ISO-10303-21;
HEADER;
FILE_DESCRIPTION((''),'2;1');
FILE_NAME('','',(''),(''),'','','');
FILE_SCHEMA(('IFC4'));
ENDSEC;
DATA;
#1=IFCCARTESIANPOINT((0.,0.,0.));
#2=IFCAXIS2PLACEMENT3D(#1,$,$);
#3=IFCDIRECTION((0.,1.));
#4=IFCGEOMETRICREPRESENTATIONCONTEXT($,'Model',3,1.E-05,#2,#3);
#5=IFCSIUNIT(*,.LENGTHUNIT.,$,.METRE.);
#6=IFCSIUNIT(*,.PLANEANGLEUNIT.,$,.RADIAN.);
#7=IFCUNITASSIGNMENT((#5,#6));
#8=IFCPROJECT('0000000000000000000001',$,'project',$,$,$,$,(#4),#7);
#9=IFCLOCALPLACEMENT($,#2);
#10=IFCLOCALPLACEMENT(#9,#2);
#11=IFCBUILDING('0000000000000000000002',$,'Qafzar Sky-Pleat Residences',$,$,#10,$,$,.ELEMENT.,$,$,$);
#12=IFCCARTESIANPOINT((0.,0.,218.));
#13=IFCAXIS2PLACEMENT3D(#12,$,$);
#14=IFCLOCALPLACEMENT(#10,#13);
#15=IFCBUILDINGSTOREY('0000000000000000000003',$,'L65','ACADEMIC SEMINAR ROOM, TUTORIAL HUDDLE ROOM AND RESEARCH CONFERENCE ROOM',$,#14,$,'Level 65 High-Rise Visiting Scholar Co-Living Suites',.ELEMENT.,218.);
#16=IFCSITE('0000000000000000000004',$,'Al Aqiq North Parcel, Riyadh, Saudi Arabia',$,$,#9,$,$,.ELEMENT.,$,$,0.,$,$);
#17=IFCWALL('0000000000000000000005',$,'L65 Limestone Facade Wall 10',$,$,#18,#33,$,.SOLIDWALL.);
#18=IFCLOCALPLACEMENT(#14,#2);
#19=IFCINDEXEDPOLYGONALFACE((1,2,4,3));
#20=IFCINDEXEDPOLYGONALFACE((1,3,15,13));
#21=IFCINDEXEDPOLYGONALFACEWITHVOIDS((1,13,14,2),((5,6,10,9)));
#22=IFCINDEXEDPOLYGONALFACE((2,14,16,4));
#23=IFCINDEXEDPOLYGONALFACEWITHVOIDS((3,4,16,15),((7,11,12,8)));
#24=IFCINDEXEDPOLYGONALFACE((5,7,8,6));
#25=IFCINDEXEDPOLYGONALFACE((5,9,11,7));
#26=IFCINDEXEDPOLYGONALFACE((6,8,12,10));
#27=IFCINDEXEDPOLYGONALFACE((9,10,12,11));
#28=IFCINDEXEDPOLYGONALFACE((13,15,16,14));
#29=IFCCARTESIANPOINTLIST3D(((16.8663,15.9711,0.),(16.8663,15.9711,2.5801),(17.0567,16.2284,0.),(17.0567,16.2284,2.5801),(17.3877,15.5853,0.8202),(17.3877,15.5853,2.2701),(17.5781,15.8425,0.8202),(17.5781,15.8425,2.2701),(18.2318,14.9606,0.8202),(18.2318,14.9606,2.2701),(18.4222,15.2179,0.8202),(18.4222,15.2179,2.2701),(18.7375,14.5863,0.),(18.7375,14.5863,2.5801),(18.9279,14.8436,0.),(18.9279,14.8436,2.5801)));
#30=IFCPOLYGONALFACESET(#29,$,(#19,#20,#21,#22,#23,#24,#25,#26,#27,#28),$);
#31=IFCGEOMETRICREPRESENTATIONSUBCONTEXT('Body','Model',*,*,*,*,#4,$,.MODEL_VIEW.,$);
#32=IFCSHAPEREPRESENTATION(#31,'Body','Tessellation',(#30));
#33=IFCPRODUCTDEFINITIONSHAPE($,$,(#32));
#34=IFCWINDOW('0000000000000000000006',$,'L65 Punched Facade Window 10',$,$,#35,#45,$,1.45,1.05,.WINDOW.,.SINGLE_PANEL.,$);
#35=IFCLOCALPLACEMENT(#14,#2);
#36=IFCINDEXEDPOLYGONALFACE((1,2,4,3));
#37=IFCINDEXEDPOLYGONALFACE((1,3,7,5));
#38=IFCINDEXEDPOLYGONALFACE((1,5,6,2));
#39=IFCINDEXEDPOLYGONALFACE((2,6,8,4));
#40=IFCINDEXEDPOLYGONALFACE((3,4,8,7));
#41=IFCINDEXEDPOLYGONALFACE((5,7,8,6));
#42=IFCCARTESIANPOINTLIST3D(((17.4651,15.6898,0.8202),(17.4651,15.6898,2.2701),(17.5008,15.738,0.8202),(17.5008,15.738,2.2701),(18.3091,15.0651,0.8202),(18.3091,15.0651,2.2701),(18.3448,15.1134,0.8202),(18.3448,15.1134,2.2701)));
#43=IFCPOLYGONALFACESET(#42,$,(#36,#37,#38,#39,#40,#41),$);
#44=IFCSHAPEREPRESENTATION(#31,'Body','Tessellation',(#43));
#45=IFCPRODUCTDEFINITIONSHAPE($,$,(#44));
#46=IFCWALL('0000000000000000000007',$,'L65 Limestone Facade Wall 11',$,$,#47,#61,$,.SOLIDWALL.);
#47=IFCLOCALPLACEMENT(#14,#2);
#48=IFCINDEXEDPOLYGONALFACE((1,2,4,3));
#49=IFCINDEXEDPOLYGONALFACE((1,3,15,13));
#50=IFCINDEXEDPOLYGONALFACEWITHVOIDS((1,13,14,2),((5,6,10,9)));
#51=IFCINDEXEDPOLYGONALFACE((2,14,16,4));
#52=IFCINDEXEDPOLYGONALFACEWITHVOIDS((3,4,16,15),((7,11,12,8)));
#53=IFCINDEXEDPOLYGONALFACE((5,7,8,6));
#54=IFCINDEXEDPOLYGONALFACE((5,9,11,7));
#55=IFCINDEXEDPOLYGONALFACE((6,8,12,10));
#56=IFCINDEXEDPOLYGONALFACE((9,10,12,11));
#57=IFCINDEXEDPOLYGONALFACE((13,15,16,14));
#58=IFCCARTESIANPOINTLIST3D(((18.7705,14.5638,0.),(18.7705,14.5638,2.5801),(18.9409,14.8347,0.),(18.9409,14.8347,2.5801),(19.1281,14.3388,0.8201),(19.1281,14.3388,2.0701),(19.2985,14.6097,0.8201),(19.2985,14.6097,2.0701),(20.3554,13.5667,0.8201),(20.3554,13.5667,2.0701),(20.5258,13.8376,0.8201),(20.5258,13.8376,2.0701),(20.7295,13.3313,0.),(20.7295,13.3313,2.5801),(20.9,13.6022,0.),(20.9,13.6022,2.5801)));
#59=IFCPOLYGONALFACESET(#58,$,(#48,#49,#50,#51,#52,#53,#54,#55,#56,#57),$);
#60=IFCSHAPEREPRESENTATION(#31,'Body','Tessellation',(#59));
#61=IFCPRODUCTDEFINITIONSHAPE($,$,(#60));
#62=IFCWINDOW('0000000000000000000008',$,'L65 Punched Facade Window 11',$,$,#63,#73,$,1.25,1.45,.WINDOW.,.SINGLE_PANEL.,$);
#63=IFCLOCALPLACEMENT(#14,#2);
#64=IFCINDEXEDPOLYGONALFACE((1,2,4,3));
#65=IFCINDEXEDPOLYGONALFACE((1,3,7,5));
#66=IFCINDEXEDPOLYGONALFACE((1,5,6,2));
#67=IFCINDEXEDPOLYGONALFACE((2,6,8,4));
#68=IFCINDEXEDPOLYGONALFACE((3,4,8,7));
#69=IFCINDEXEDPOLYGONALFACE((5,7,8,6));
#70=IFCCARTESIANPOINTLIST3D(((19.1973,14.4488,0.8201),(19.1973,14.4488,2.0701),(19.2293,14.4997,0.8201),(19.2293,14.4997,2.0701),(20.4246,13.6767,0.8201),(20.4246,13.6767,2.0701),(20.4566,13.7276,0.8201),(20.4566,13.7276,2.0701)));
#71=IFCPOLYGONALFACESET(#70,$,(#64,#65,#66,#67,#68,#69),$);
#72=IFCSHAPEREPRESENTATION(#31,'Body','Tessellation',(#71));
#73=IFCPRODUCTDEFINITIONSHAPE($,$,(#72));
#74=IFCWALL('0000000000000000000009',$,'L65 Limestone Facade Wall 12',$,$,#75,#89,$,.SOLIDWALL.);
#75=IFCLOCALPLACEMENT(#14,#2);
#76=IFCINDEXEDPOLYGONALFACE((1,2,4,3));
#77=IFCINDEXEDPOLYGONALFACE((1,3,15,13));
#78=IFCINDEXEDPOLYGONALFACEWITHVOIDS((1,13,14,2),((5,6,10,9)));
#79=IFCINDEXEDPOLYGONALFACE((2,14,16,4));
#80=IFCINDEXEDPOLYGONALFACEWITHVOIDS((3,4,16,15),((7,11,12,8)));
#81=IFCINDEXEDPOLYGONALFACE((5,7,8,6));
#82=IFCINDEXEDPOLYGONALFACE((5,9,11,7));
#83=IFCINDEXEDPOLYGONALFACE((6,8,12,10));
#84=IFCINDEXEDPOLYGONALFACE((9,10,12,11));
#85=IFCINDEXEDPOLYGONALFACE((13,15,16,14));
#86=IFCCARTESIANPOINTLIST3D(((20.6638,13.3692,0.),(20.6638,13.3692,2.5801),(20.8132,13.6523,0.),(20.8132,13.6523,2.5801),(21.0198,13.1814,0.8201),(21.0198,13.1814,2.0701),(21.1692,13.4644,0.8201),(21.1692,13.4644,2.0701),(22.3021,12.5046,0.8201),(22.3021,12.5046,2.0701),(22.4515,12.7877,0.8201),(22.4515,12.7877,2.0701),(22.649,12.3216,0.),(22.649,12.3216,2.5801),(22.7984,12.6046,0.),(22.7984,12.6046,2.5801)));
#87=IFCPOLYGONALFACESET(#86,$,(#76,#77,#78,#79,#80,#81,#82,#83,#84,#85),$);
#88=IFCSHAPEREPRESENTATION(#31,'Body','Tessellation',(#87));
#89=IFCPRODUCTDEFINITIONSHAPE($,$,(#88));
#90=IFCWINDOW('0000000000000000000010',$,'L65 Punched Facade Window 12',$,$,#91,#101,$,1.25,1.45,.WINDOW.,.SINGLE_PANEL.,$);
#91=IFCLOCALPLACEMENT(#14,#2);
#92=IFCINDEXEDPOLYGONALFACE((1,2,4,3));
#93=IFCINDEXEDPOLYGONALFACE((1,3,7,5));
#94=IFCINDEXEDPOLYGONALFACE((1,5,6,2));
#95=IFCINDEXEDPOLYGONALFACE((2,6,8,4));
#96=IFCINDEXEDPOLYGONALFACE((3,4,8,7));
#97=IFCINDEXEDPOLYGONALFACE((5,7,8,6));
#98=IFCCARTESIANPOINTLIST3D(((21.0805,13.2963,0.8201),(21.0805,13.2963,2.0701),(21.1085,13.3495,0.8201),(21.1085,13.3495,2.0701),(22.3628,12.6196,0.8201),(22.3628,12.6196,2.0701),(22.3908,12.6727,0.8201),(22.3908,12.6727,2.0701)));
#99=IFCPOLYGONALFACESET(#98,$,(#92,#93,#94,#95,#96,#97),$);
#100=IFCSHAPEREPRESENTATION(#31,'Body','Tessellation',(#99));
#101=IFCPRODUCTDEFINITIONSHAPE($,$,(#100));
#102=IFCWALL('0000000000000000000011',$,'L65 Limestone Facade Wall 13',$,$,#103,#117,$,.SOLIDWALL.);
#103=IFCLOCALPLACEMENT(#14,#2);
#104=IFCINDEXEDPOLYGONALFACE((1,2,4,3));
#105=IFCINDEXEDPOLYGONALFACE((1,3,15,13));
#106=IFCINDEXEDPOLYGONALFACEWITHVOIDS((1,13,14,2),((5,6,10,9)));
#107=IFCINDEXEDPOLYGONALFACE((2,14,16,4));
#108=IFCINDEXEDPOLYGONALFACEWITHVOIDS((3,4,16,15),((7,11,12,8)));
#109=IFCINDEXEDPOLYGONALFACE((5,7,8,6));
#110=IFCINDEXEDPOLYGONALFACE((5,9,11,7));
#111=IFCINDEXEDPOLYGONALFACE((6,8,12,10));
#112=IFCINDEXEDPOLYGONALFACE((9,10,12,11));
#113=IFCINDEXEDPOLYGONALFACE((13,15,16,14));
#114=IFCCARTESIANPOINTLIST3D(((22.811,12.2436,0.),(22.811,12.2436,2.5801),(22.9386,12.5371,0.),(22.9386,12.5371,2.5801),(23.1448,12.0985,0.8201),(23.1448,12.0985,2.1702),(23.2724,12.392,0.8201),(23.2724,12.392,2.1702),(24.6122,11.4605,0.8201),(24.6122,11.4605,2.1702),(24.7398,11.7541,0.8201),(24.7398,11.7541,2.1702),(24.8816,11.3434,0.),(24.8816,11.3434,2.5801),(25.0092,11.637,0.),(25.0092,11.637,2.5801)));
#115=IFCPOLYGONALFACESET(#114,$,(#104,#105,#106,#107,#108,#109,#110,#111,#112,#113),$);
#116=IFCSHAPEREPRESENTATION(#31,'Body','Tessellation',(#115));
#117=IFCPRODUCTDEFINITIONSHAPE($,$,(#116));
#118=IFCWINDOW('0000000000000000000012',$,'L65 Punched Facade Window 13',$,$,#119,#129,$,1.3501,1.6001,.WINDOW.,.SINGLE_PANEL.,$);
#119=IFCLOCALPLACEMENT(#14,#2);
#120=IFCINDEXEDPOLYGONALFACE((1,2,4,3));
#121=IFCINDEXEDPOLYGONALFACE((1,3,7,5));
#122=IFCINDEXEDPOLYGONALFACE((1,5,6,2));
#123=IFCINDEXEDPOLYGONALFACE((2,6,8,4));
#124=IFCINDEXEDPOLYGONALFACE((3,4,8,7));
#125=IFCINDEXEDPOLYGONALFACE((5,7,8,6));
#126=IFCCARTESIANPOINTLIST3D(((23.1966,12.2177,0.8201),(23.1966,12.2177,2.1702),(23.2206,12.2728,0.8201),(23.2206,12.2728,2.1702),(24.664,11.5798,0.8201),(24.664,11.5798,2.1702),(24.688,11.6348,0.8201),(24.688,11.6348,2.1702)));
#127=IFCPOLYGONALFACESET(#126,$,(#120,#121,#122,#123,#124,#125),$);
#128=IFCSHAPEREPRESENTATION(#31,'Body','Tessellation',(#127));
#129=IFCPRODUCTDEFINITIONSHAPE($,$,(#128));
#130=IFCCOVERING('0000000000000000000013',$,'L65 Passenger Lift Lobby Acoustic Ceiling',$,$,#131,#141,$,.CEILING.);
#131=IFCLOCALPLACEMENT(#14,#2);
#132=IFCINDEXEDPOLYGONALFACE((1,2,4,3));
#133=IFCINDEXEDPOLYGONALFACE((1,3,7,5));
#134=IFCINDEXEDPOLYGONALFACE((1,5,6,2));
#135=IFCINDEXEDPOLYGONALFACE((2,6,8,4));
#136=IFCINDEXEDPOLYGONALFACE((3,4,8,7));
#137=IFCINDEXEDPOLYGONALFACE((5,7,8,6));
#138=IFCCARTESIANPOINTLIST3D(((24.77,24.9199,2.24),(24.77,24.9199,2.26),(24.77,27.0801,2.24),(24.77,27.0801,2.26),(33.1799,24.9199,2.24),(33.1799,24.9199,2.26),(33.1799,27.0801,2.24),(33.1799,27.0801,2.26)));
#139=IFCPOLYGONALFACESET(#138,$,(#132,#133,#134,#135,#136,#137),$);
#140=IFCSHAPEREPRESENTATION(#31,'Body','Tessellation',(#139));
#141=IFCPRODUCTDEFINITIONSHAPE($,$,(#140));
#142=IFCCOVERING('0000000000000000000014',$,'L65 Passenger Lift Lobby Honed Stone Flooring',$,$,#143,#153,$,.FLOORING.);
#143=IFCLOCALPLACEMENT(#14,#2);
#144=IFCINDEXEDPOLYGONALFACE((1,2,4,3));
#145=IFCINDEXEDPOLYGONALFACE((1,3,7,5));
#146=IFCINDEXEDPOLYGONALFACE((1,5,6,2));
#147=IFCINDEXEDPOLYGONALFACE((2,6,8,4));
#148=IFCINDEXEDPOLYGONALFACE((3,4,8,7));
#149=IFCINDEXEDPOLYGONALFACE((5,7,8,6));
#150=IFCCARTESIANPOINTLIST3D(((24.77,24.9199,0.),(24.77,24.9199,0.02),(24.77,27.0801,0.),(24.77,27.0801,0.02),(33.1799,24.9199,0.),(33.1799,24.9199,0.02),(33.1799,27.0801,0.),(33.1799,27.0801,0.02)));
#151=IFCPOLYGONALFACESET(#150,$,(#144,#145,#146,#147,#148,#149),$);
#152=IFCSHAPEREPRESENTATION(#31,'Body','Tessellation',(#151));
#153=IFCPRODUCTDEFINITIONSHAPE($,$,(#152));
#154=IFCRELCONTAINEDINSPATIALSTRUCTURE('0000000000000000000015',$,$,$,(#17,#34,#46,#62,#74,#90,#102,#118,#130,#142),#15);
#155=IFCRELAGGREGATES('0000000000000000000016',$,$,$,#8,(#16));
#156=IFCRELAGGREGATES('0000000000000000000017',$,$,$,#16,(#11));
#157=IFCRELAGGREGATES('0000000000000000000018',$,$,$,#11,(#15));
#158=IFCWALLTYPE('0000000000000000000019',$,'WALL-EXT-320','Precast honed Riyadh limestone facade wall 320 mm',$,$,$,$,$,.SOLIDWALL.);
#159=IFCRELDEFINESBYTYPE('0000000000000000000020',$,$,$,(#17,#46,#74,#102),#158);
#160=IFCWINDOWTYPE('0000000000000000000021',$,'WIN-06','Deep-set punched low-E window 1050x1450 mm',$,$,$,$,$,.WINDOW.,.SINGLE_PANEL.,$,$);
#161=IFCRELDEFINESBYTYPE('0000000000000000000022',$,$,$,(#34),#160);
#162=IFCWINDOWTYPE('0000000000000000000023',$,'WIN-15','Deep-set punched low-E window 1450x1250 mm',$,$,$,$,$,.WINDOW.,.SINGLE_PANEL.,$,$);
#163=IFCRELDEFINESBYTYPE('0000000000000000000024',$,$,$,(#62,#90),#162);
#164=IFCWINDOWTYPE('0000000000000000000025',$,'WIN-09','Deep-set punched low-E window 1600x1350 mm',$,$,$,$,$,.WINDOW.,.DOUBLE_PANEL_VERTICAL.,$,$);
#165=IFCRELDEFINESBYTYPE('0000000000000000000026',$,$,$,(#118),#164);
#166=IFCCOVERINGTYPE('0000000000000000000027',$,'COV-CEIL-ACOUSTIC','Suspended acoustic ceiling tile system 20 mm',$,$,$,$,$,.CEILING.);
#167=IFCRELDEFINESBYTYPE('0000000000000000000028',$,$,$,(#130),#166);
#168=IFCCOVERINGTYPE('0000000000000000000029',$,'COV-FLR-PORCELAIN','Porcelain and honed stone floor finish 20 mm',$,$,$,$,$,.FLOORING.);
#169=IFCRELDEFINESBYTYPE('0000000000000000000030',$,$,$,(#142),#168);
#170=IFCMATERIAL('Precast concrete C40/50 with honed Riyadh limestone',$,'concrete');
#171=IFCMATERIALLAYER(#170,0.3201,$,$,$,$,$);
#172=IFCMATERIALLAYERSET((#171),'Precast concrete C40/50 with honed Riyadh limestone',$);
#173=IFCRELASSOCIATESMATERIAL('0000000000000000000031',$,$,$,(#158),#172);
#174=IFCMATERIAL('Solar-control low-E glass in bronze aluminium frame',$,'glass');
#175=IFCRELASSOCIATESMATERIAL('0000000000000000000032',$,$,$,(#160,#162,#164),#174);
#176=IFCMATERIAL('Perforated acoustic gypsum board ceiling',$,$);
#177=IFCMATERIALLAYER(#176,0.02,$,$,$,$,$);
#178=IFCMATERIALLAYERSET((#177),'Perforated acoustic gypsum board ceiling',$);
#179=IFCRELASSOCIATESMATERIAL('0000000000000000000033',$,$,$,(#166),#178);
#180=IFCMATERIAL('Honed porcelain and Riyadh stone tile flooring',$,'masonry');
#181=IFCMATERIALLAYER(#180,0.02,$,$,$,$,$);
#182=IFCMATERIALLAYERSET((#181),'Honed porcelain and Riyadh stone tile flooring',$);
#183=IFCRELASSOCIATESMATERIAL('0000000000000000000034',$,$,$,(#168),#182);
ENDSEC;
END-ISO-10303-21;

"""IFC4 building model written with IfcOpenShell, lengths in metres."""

from ifc_helpers import new_model, si_unit, direction, frame, frame_2d, origin, place, context, subcontext, project, spatial, polyline, rectangle, outline, extrude, source, transform, mapped, material, layer, layer_set, type_object, element, fill, save


model = new_model("IFC4")

# Units and contexts
model_context = context("Model", 3, precision=1e-05, world=origin(), true_north=direction((0.0, 1.0)))
body_context = subcontext(model_context, "Body", "Model", "MODEL_VIEW")
ifc_project = project(units=[si_unit("LENGTHUNIT", "METRE"), si_unit("PLANEANGLEUNIT", "RADIAN")], contexts=[model_context])

# Site, building, storey
site_placement = place(None, origin())
site = spatial("IfcSite", under=ifc_project, at=site_placement, Name="Al Aqiq North Parcel, Riyadh, Saudi Arabia", CompositionType="ELEMENT", RefElevation=0.0)
building_placement = place(site_placement, origin())
building = spatial("IfcBuilding", under=site, at=building_placement, Name="Qafzar Sky-Pleat Residences", CompositionType="ELEMENT")
storey_placement = place(building_placement, frame((0.0, 0.0, 218.0)))
storey = spatial("IfcBuildingStorey", under=building, at=storey_placement, Name="L65", Description="ACADEMIC SEMINAR ROOM, TUTORIAL HUDDLE ROOM AND RESEARCH CONFERENCE ROOM", LongName="Level 65 High-Rise Visiting Scholar Co-Living Suites", CompositionType="ELEMENT", Elevation=218.0)

# Walls, openings, windows
ifc_material_1 = material(Name="Precast concrete C40/50 with honed Riyadh limestone", Category="concrete")
ifc_layer_1 = layer(ifc_material_1, 0.3201)
ifc_layer_set_1 = layer_set([ifc_layer_1], Name="Precast concrete C40/50 with honed Riyadh limestone")
wall_type_1 = type_object("IfcWallType", Name="WALL-EXT-320", Description="Precast honed Riyadh limestone facade wall 320 mm", PredefinedType="SOLIDWALL", material=ifc_layer_set_1)
wall_1_placement = place(storey_placement, frame((16.9614, 16.0999, 0.0), z_axis=(0.0, 0.0, 1.0), x_axis=(0.80381, -0.594886, 0.0)))
wall_1 = element("IfcWall", 1, at=wall_1_placement, inside=storey, type_object=wall_type_1, Name="L65 Limestone Facade Wall 10", PredefinedType="SOLIDWALL", context=body_context, shape_type="SweptSolid", body=[
    extrude(rectangle(XDim=2.3279, YDim=0.3201, at=frame_2d((1.1641, 0.0))), origin(), (0.0, 0.0, 1.0), 2.5801),
])
opening_1_placement = place(wall_1_placement, frame((0.6489, 0.0, 0.8201)))
opening_1 = element("IfcOpeningElement", 2, at=opening_1_placement, cuts=wall_1, PredefinedType="OPENING", context=body_context, shape_type="SweptSolid", body=[
    extrude(rectangle(XDim=1.05, YDim=1.45, at=frame_2d((0.5249, 0.7251))), frame((0.0, 0.1699, 0.0), z_axis=(0.0, -1.0, 0.0), x_axis=(1.0, 0.0, 0.0)), (0.0, 0.0, 1.0), 0.3401),
])
ifc_material_2 = material(Name="Solar-control low-E glass in bronze aluminium frame", Category="glass")
window_type_1 = type_object("IfcWindowType", Name="WIN-06", Description="Deep-set punched low-E window 1050x1450 mm", PartitioningType="SINGLE_PANEL", PredefinedType="WINDOW", material=ifc_material_2)
shared_shape_1 = source(origin(), body_context, "Body", "SweptSolid", [
    extrude(rectangle(XDim=1.05, YDim=1.45, at=frame_2d((0.5249, 0.7251))), frame((0.0, 0.03, 0.0), z_axis=(0.0, -1.0, 0.0), x_axis=(1.0, 0.0, 0.0)), (0.0, 0.0, 1.0), 0.0601),
])
window_1_placement = place(opening_1_placement, origin())
window_1 = element("IfcWindow", 3, at=window_1_placement, inside=storey, type_object=window_type_1, Name="L65 Punched Facade Window 10", OverallHeight=1.45, OverallWidth=1.05, PartitioningType="SINGLE_PANEL", PredefinedType="WINDOW", context=body_context, shape_type="MappedRepresentation", body=[
    mapped(shared_shape_1, transform((0.0, 0.0, 0.0), x_axis=(1.0, 0.0, 0.0), y_axis=(0.0, 1.0, 0.0), z_axis=(0.0, 0.0, 1.0), scale=1.0)),
])
fill(opening_1, window_1)
wall_2_placement = place(storey_placement, frame((18.8557, 14.6992, 0.0), z_axis=(0.0, 0.0, 1.0), x_axis=(0.84643, -0.5325, 0.0)))
wall_2 = element("IfcWall", 4, at=wall_2_placement, inside=storey, type_object=wall_type_1, Name="L65 Limestone Facade Wall 11", PredefinedType="SOLIDWALL", context=body_context, shape_type="SweptSolid", body=[
    extrude(rectangle(XDim=2.3145, YDim=0.3201, at=frame_2d((1.1572, 0.0))), origin(), (0.0, 0.0, 1.0), 2.5801),
])
opening_2_placement = place(wall_2_placement, frame((0.4224, 0.0, 0.8201)))
opening_2 = element("IfcOpeningElement", 5, at=opening_2_placement, cuts=wall_2, PredefinedType="OPENING", context=body_context, shape_type="SweptSolid", body=[
    extrude(rectangle(XDim=1.45, YDim=1.25, at=frame_2d((0.7251, 0.625))), frame((0.0, 0.1699, 0.0), z_axis=(0.0, -1.0, 0.0), x_axis=(1.0, 0.0, 0.0)), (0.0, 0.0, 1.0), 0.3401),
])
window_type_2 = type_object("IfcWindowType", Name="WIN-15", Description="Deep-set punched low-E window 1450x1250 mm", PartitioningType="SINGLE_PANEL", PredefinedType="WINDOW", material=ifc_material_2)
shared_shape_2 = source(origin(), body_context, "Body", "SweptSolid", [
    extrude(rectangle(XDim=1.45, YDim=1.25, at=frame_2d((0.7251, 0.625))), frame((0.0, 0.03, 0.0), z_axis=(0.0, -1.0, 0.0), x_axis=(1.0, 0.0, 0.0)), (0.0, 0.0, 1.0), 0.0601),
])
window_2_placement = place(opening_2_placement, origin())
window_2 = element("IfcWindow", 6, at=window_2_placement, inside=storey, type_object=window_type_2, Name="L65 Punched Facade Window 11", OverallHeight=1.25, OverallWidth=1.45, PartitioningType="SINGLE_PANEL", PredefinedType="WINDOW", context=body_context, shape_type="MappedRepresentation", body=[
    mapped(shared_shape_2, transform((0.0, 0.0, 0.0), x_axis=(1.0, 0.0, 0.0), y_axis=(0.0, 1.0, 0.0), z_axis=(0.0, 0.0, 1.0), scale=1.0)),
])
fill(opening_2, window_2)
wall_3_placement = place(storey_placement, frame((20.7385, 13.5107, 0.0), z_axis=(0.0, 0.0, 1.0), x_axis=(0.884401, -0.466728, 0.0)))
wall_3 = element("IfcWall", 7, at=wall_3_placement, inside=storey, type_object=wall_type_1, Name="L65 Limestone Facade Wall 12", PredefinedType="SOLIDWALL", context=body_context, shape_type="SweptSolid", body=[
    extrude(rectangle(XDim=2.2446, YDim=0.3201, at=frame_2d((1.1223, 0.0))), origin(), (0.0, 0.0, 1.0), 2.5801),
])
opening_3_placement = place(wall_3_placement, frame((0.4023, 0.0, 0.8201)))
opening_3 = element("IfcOpeningElement", 8, at=opening_3_placement, cuts=wall_3, PredefinedType="OPENING", context=body_context, shape_type="SweptSolid", body=[
    extrude(rectangle(XDim=1.45, YDim=1.25, at=frame_2d((0.7251, 0.625))), frame((0.0, 0.1699, 0.0), z_axis=(0.0, -1.0, 0.0), x_axis=(1.0, 0.0, 0.0)), (0.0, 0.0, 1.0), 0.3401),
])
window_3_placement = place(opening_3_placement, origin())
window_3 = element("IfcWindow", 9, at=window_3_placement, inside=storey, type_object=window_type_2, Name="L65 Punched Facade Window 12", OverallHeight=1.25, OverallWidth=1.45, PartitioningType="SINGLE_PANEL", PredefinedType="WINDOW", context=body_context, shape_type="MappedRepresentation", body=[
    mapped(shared_shape_2, transform((0.0, 0.0, 0.0), x_axis=(1.0, 0.0, 0.0), y_axis=(0.0, 1.0, 0.0), z_axis=(0.0, 0.0, 1.0), scale=1.0)),
])
fill(opening_3, window_3)
wall_4_placement = place(storey_placement, frame((22.8748, 12.3904, 0.0), z_axis=(0.0, 0.0, 1.0), x_axis=(0.917086, -0.398691, 0.0)))
wall_4 = element("IfcWall", 10, at=wall_4_placement, inside=storey, type_object=wall_type_1, Name="L65 Limestone Facade Wall 13", PredefinedType="SOLIDWALL", context=body_context, shape_type="SweptSolid", body=[
    extrude(rectangle(XDim=2.2578, YDim=0.3201, at=frame_2d((1.1289, 0.0))), origin(), (0.0, 0.0, 1.0), 2.5801),
])
opening_4_placement = place(wall_4_placement, frame((0.364, 0.0, 0.8201)))
opening_4 = element("IfcOpeningElement", 11, at=opening_4_placement, cuts=wall_4, PredefinedType="OPENING", context=body_context, shape_type="SweptSolid", body=[
    extrude(rectangle(XDim=1.6001, YDim=1.3501, at=frame_2d((0.8, 0.675))), frame((0.0, 0.1699, 0.0), z_axis=(0.0, -1.0, 0.0), x_axis=(1.0, 0.0, 0.0)), (0.0, 0.0, 1.0), 0.3401),
])
window_type_3 = type_object("IfcWindowType", Name="WIN-09", Description="Deep-set punched low-E window 1600x1350 mm", PartitioningType="DOUBLE_PANEL_VERTICAL", PredefinedType="WINDOW", material=ifc_material_2)
shared_shape_3 = source(origin(), body_context, "Body", "SweptSolid", [
    extrude(rectangle(XDim=1.6001, YDim=1.3501, at=frame_2d((0.8, 0.675))), frame((0.0, 0.03, 0.0), z_axis=(0.0, -1.0, 0.0), x_axis=(1.0, 0.0, 0.0)), (0.0, 0.0, 1.0), 0.0601),
])
window_4_placement = place(opening_4_placement, origin())
window_4 = element("IfcWindow", 12, at=window_4_placement, inside=storey, type_object=window_type_3, Name="L65 Punched Facade Window 13", OverallHeight=1.3501, OverallWidth=1.6001, PartitioningType="SINGLE_PANEL", PredefinedType="WINDOW", context=body_context, shape_type="MappedRepresentation", body=[
    mapped(shared_shape_3, transform((0.0, 0.0, 0.0), x_axis=(1.0, 0.0, 0.0), y_axis=(0.0, 1.0, 0.0), z_axis=(0.0, 0.0, 1.0), scale=1.0)),
])
fill(opening_4, window_4)

# Coverings
ifc_material_3 = material(Name="Perforated acoustic gypsum board ceiling")
ifc_layer_2 = layer(ifc_material_3, 0.02)
ifc_layer_set_2 = layer_set([ifc_layer_2], Name="Perforated acoustic gypsum board ceiling")
covering_type_1 = type_object("IfcCoveringType", Name="COV-CEIL-ACOUSTIC", Description="Suspended acoustic ceiling tile system 20 mm", PredefinedType="CEILING", material=ifc_layer_set_2)
covering_1_placement = place(storey_placement, frame((0.0, 0.0, 2.24)))
element("IfcCovering", 13, at=covering_1_placement, inside=storey, type_object=covering_type_1, Name="L65 Passenger Lift Lobby Acoustic Ceiling", PredefinedType="CEILING", context=body_context, shape_type="SweptSolid", body=[
    extrude(outline(polyline([(33.1799, 24.9199), (24.77, 24.9199), (24.77, 27.0801), (33.1799, 27.0801), (33.1799, 24.9199)])), origin(), (0.0, 0.0, 1.0), 0.02),
])
ifc_material_4 = material(Name="Honed porcelain and Riyadh stone tile flooring", Category="masonry")
ifc_layer_3 = layer(ifc_material_4, 0.02)
ifc_layer_set_3 = layer_set([ifc_layer_3], Name="Honed porcelain and Riyadh stone tile flooring")
covering_type_2 = type_object("IfcCoveringType", Name="COV-FLR-PORCELAIN", Description="Porcelain and honed stone floor finish 20 mm", PredefinedType="FLOORING", material=ifc_layer_set_3)
covering_2_placement = place(storey_placement, origin())
element("IfcCovering", 14, at=covering_2_placement, inside=storey, type_object=covering_type_2, Name="L65 Passenger Lift Lobby Honed Stone Flooring", PredefinedType="FLOORING", context=body_context, shape_type="SweptSolid", body=[
    extrude(outline(polyline([(33.1799, 24.9199), (24.77, 24.9199), (24.77, 27.0801), (33.1799, 27.0801), (33.1799, 24.9199)])), origin(), (0.0, 0.0, 1.0), 0.02),
])

save(model, "model.ifc")
